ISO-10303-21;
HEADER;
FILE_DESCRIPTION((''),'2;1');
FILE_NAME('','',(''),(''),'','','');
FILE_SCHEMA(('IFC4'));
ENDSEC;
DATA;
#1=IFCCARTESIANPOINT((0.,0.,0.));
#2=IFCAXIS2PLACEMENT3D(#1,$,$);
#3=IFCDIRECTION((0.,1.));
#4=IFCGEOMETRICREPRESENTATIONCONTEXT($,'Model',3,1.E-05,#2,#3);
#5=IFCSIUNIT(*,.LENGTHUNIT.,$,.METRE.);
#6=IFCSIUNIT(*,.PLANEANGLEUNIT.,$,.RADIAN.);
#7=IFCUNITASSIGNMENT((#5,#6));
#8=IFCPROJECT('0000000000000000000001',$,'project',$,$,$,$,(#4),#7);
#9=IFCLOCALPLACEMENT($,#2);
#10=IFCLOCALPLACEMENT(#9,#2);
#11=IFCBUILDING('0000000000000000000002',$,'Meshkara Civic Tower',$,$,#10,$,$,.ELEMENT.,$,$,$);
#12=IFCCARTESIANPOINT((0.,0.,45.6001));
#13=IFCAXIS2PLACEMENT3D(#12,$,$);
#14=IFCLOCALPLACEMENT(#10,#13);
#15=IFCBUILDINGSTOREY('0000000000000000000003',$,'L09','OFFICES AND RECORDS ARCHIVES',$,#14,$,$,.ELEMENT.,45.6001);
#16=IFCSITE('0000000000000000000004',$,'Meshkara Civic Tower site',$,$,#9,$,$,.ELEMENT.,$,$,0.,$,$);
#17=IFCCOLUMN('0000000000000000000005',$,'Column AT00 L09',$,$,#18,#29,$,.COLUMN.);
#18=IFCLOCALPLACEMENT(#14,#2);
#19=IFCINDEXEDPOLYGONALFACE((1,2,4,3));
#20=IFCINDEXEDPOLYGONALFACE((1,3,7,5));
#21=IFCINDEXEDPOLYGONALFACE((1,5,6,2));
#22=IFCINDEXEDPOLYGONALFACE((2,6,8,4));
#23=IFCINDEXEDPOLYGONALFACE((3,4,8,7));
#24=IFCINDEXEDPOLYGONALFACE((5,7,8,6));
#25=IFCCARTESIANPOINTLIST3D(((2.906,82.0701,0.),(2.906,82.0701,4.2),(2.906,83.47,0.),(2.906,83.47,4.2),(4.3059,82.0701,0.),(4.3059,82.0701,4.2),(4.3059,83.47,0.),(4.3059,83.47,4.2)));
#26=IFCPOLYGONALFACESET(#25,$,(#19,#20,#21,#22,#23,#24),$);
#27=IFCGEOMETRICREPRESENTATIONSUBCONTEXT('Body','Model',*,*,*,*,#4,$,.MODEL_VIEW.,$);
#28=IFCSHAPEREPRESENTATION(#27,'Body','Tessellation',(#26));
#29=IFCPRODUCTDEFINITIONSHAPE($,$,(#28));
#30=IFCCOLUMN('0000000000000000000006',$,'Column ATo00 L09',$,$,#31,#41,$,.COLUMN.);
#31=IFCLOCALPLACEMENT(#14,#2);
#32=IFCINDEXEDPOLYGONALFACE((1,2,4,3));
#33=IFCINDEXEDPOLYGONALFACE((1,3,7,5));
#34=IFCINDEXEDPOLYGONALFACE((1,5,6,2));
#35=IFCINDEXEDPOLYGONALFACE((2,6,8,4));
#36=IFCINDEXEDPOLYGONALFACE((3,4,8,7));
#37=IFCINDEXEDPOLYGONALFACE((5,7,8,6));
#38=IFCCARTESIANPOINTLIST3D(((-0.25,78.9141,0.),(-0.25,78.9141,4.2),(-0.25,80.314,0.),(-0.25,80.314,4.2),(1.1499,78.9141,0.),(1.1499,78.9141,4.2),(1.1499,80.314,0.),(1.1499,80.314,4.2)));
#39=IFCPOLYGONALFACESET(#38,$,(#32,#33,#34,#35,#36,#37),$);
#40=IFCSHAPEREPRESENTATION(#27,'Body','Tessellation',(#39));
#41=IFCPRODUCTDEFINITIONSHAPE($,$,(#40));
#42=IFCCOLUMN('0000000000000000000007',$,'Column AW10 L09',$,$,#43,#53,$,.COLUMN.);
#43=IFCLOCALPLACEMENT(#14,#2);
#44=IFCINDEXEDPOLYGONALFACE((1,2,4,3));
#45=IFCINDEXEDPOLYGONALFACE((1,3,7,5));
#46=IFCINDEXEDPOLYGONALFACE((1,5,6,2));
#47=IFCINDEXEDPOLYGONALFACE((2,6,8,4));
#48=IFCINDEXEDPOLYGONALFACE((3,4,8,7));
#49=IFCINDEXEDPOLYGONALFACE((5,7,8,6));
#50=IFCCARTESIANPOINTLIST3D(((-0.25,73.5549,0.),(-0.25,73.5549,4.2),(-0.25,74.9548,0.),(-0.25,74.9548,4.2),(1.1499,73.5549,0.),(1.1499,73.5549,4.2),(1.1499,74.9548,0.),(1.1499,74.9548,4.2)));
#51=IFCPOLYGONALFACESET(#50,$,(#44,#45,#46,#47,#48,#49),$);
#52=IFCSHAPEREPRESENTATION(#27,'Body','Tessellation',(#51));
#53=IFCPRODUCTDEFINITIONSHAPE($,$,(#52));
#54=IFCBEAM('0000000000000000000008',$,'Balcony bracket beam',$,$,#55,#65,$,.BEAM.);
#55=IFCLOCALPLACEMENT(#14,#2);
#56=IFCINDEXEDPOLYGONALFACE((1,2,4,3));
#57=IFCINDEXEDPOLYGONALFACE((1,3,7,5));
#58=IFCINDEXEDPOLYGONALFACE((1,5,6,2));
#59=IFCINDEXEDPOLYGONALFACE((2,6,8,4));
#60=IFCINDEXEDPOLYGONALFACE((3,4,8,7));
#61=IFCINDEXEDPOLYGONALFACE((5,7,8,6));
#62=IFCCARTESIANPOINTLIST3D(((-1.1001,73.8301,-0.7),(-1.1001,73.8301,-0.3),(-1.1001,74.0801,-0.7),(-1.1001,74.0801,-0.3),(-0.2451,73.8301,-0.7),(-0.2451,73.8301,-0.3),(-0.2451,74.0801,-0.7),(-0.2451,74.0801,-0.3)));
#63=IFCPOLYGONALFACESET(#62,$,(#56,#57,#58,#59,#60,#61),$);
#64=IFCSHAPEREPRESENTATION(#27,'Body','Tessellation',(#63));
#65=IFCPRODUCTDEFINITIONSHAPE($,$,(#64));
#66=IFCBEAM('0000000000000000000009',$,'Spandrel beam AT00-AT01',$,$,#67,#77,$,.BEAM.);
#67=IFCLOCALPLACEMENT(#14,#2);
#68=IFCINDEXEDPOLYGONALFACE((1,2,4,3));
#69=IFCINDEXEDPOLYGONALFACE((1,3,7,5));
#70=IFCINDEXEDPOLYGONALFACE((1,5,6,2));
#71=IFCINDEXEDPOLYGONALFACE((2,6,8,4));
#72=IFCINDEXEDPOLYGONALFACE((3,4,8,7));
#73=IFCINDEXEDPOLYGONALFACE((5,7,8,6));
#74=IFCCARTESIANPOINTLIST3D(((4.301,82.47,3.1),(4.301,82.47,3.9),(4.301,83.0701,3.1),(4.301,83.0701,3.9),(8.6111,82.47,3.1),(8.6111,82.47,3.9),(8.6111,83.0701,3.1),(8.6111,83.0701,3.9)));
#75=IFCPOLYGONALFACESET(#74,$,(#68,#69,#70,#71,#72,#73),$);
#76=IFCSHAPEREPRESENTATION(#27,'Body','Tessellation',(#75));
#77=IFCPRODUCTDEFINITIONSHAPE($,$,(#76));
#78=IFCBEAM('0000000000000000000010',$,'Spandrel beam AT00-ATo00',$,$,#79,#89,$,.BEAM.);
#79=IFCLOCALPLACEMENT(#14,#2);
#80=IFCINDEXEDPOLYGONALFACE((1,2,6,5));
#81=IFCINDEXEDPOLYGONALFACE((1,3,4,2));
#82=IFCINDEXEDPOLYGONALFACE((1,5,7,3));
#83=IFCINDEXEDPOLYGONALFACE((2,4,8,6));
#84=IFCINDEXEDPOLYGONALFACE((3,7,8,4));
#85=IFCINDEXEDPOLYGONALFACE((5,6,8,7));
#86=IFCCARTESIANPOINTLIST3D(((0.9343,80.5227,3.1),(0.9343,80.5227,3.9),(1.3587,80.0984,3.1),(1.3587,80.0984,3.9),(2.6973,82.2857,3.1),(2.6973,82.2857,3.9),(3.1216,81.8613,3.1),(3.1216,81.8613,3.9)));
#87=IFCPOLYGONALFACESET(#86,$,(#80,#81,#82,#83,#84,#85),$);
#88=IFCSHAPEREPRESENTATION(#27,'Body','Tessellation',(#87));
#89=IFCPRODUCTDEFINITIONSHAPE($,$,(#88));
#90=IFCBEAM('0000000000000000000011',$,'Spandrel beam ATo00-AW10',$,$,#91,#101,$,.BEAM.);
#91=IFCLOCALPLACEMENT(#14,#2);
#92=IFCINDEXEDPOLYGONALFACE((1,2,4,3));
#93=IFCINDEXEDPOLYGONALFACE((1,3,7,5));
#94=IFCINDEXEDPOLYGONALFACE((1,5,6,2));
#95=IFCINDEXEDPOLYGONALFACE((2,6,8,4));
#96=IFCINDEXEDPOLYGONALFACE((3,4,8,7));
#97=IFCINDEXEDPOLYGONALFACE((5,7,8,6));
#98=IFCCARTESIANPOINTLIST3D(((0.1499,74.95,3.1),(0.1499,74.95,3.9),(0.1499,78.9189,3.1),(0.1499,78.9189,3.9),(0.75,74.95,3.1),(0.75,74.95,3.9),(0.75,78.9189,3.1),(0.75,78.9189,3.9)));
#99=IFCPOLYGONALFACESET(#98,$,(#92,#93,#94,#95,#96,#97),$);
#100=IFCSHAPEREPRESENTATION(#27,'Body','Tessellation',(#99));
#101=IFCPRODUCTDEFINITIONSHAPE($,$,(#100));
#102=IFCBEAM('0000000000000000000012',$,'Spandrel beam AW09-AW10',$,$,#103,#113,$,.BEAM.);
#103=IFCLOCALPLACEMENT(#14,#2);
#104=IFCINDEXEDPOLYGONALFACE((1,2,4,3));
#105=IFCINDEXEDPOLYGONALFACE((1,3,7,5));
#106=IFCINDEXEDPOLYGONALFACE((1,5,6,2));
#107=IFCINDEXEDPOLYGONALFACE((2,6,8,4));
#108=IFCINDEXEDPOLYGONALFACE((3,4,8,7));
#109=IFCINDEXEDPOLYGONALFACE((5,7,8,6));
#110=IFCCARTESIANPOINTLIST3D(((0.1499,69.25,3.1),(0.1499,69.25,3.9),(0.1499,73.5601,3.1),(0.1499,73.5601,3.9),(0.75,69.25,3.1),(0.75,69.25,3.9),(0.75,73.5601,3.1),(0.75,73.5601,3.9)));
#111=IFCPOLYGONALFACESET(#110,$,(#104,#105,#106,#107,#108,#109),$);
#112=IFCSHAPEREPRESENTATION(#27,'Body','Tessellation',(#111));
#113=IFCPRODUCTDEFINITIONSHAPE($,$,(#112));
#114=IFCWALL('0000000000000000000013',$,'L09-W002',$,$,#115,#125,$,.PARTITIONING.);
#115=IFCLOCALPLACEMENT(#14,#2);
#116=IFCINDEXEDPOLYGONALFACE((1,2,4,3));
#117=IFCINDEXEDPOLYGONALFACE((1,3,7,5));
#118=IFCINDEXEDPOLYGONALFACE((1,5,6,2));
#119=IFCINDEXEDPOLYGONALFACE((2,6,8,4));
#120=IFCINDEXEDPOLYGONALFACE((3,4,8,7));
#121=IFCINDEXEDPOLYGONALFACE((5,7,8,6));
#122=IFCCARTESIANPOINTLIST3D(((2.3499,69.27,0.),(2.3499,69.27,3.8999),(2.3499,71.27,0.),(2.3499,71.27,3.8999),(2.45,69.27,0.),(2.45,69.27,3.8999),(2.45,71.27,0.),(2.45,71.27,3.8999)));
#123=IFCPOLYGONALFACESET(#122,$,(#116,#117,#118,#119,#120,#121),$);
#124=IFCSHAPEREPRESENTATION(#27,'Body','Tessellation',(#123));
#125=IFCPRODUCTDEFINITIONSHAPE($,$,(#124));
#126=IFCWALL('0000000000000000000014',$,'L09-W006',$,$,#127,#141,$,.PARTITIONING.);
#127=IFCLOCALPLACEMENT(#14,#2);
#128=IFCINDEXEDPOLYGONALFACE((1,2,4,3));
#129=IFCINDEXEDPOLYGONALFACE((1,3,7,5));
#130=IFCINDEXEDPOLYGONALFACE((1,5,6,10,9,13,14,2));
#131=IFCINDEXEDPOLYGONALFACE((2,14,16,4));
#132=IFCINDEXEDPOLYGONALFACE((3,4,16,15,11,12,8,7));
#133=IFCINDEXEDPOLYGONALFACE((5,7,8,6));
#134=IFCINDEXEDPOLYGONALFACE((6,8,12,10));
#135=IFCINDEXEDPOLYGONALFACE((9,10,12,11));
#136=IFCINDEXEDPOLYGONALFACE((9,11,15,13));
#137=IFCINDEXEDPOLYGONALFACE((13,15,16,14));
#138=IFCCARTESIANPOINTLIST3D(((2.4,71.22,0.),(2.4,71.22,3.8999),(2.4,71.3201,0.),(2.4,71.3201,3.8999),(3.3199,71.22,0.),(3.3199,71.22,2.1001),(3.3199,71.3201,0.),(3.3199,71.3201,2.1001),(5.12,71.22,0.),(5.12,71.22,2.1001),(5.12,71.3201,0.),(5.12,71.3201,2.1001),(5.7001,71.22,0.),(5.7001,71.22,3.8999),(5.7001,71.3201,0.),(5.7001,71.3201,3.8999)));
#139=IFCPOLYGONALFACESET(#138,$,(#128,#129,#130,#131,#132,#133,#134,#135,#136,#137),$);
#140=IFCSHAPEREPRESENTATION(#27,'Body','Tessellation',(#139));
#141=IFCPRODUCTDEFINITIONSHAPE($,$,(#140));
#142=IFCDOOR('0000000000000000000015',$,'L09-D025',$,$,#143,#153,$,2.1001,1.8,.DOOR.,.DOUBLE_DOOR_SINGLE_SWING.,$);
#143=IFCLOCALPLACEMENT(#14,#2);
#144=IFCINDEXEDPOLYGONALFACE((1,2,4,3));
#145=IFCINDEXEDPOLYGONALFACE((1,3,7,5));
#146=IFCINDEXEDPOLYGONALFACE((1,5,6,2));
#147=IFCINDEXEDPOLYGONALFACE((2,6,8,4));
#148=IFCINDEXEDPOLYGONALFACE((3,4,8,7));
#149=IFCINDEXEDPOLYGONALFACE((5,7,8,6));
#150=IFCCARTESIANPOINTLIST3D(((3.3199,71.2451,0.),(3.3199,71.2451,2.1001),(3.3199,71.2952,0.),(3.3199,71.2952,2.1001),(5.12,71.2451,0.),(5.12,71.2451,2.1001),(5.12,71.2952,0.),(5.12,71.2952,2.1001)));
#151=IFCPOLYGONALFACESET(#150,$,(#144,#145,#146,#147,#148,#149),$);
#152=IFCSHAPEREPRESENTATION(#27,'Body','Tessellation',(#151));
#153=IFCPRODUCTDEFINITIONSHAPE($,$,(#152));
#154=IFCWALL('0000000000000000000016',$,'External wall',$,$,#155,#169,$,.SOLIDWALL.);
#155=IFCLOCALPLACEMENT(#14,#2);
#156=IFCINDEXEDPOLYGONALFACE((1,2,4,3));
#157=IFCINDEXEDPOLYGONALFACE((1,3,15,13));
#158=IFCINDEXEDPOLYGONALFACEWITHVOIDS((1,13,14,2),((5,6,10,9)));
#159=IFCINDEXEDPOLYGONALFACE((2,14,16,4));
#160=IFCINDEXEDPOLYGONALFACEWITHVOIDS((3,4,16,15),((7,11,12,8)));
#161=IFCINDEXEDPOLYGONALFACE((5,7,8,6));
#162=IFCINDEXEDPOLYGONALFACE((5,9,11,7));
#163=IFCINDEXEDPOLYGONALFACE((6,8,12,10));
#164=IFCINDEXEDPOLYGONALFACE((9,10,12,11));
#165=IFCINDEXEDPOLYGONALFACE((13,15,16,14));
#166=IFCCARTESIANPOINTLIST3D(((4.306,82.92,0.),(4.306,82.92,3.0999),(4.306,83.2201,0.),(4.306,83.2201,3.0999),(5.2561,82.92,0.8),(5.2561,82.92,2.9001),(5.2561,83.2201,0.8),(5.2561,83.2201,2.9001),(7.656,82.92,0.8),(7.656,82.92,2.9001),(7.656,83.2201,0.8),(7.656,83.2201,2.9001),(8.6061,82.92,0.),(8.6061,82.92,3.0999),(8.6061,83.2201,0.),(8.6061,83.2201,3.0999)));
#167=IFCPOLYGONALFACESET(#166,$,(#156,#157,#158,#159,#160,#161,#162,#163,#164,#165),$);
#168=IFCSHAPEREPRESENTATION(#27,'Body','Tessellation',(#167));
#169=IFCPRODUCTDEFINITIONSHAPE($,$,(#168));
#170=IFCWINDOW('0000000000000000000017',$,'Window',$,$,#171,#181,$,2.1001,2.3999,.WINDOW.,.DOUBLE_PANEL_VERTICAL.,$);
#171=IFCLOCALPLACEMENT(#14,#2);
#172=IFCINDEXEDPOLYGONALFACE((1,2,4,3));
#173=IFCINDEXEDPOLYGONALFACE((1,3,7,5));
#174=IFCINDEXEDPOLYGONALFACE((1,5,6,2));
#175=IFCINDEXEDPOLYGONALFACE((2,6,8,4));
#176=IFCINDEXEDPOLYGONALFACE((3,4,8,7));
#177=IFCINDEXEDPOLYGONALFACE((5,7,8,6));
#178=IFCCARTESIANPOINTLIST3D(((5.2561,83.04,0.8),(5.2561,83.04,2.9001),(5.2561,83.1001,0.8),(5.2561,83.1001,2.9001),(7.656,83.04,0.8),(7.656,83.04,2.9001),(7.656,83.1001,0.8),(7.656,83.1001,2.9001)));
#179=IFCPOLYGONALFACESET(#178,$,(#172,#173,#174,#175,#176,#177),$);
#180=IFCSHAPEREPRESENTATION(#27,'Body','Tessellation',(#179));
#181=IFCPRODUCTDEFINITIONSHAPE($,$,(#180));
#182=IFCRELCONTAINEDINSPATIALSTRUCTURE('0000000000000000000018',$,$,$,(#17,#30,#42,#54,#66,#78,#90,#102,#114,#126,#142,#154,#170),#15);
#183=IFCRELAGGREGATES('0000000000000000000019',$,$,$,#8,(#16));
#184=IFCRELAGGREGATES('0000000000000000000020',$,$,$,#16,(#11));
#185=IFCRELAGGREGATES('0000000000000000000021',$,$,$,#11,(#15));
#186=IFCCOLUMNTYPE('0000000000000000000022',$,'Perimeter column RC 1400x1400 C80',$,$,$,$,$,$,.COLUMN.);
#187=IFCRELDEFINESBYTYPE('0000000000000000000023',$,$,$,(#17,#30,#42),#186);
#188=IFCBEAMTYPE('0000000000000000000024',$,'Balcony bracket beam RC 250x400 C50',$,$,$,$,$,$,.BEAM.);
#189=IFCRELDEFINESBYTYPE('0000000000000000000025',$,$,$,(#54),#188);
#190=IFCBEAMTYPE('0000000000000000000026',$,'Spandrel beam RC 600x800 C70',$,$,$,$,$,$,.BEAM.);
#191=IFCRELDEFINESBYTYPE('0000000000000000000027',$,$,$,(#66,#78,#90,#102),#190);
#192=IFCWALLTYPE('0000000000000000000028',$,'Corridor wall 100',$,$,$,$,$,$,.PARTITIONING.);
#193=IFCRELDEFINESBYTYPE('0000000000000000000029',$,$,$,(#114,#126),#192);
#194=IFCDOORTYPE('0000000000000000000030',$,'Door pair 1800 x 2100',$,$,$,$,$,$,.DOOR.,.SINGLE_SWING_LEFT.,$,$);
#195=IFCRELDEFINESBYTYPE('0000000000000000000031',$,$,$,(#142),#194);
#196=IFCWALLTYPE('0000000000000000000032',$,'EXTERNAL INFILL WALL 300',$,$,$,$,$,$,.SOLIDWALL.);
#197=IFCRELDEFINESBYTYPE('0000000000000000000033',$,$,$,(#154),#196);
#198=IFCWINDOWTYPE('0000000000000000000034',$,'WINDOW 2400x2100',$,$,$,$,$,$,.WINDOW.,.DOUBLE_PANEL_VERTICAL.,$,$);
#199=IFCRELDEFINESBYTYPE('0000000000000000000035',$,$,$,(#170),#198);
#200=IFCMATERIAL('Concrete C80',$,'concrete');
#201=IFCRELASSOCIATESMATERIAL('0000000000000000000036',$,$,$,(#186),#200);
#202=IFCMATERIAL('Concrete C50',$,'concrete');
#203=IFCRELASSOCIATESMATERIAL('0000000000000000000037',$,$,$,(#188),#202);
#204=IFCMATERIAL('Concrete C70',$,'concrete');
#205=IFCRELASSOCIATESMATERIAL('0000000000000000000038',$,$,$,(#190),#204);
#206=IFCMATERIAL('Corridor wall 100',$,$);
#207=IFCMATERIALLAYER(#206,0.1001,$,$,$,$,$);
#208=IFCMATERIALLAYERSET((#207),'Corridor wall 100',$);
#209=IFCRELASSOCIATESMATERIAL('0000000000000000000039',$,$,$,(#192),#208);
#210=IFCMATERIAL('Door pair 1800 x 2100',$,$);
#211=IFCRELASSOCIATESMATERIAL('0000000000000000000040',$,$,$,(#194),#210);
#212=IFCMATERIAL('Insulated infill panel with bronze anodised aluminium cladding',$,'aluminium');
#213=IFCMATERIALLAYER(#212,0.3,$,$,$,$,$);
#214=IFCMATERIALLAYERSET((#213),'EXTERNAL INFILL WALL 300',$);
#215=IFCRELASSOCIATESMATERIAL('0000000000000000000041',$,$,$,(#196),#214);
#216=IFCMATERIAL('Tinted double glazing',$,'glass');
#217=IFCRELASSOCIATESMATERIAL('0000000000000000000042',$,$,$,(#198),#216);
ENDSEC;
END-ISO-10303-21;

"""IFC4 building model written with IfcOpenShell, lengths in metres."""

from ifc_helpers import new_model, si_unit, direction, frame, frame_2d, origin, origin_2d, place, context, subcontext, project, spatial, rectangle, extrude, material, layer, layer_set, material_profile, profile_set, type_object, element, fill, save


model = new_model("IFC4")

# Units and contexts
model_context = context("Model", 3, precision=1e-05, world=origin(), true_north=direction((0.0, 1.0)))
body_context = subcontext(model_context, "Body", "Model", "MODEL_VIEW")
ifc_project = project(units=[si_unit("LENGTHUNIT", "METRE"), si_unit("PLANEANGLEUNIT", "RADIAN")], contexts=[model_context])

# Site, building, storey
site_placement = place(None, origin())
site = spatial("IfcSite", under=ifc_project, at=site_placement, Name="Meshkara Civic Tower site", CompositionType="ELEMENT", RefElevation=0.0)
building_placement = place(site_placement, origin())
building = spatial("IfcBuilding", under=site, at=building_placement, Name="Meshkara Civic Tower", CompositionType="ELEMENT")
storey_placement = place(building_placement, frame((0.0, 0.0, 45.6001)))
storey = spatial("IfcBuildingStorey", under=building, at=storey_placement, Name="L09", Description="OFFICES AND RECORDS ARCHIVES", CompositionType="ELEMENT", Elevation=45.6001)

# Columns
ifc_material_1 = material(Name="Concrete C80", Category="concrete")
ifc_material_profile_1 = material_profile(ifc_material_1, rectangle(XDim=1.3999, YDim=1.3999, at=origin_2d()))
ifc_profile_set_1 = profile_set([ifc_material_profile_1], Name="Concrete C80")
column_type = type_object("IfcColumnType", Name="Perimeter column RC 1400x1400 C80", PredefinedType="COLUMN", material=ifc_profile_set_1)
for number, where, z_axis, x_axis, name in (
    (1, (3.606, 82.77, 0.0), (0.0, 0.0, 1.0), (1.0, 0.0, 0.0), "Column AT00 L09"),
    (2, (0.45, 79.614, 0.0), (0.0, 0.0, 1.0), (1.0, 0.0, 0.0), "Column ATo00 L09"),
    (3, (0.45, 74.2549, 0.0), (0.0, 0.0, 1.0), (1.0, 0.0, 0.0), "Column AW10 L09"),
):
    element("IfcColumn", number, at=place(storey_placement, frame(where, z_axis=z_axis, x_axis=x_axis)), inside=storey, type_object=column_type, Name=name, PredefinedType="COLUMN", context=body_context, shape_type="SweptSolid", body=[
        extrude(rectangle(XDim=1.3999, YDim=1.3999, at=origin_2d()), origin(), (0.0, 0.0, 1.0), 4.2),
    ])

# Beams
ifc_material_2 = material(Name="Concrete C50", Category="concrete")
ifc_material_profile_2 = material_profile(ifc_material_2, rectangle(XDim=0.25, YDim=0.3999, at=origin_2d()))
ifc_profile_set_2 = profile_set([ifc_material_profile_2], Name="Concrete C50")
beam_type_1 = type_object("IfcBeamType", Name="Balcony bracket beam RC 250x400 C50", PredefinedType="BEAM", material=ifc_profile_set_2)
beam_1_placement = place(storey_placement, frame((-0.2451, 73.9551, -0.5), z_axis=(-1.0, 0.0, 0.0), x_axis=(0.0, -1.0, 0.0)))
element("IfcBeam", 4, at=beam_1_placement, inside=storey, type_object=beam_type_1, Name="Balcony bracket beam", PredefinedType="BEAM", context=body_context, shape_type="SweptSolid", body=[
    extrude(rectangle(XDim=0.25, YDim=0.3999, at=origin_2d()), origin(), (0.0, 0.0, 1.0), 0.855),
])
ifc_material_3 = material(Name="Concrete C70", Category="concrete")
ifc_material_profile_3 = material_profile(ifc_material_3, rectangle(XDim=0.6001, YDim=0.8, at=origin_2d()))
ifc_profile_set_3 = profile_set([ifc_material_profile_3], Name="Concrete C70")
beam_type_2 = type_object("IfcBeamType", Name="Spandrel beam RC 600x800 C70", PredefinedType="BEAM", material=ifc_profile_set_3)
beam_2_placement = place(storey_placement, frame((8.6111, 82.77, 3.5), z_axis=(-1.0, 0.0, 0.0), x_axis=(0.0, -1.0, 0.0)))
element("IfcBeam", 5, at=beam_2_placement, inside=storey, type_object=beam_type_2, Name="Spandrel beam AT00-AT01", PredefinedType="BEAM", context=body_context, shape_type="SweptSolid", body=[
    extrude(rectangle(XDim=0.6001, YDim=0.8, at=origin_2d()), origin(), (0.0, 0.0, 1.0), 4.3101),
])
beam_3_placement = place(storey_placement, frame((2.9094, 82.0735, 3.5), z_axis=(-0.707107, -0.707107, 0.0), x_axis=(0.707107, -0.707107, 0.0)))
element("IfcBeam", 6, at=beam_3_placement, inside=storey, type_object=beam_type_2, Name="Spandrel beam AT00-ATo00", PredefinedType="BEAM", context=body_context, shape_type="SweptSolid", body=[
    extrude(rectangle(XDim=0.6001, YDim=0.8, at=origin_2d()), origin(), (0.0, 0.0, 1.0), 2.4932),
])
beam_4_placement = place(storey_placement, frame((0.45, 78.9189, 3.5), z_axis=(0.0, -1.0, 0.0), x_axis=(1.0, 0.0, 0.0)))
element("IfcBeam", 7, at=beam_4_placement, inside=storey, type_object=beam_type_2, Name="Spandrel beam ATo00-AW10", PredefinedType="BEAM", context=body_context, shape_type="SweptSolid", body=[
    extrude(rectangle(XDim=0.6001, YDim=0.8, at=origin_2d()), origin(), (0.0, 0.0, 1.0), 3.969),
])
beam_5_placement = place(storey_placement, frame((0.45, 73.5601, 3.5), z_axis=(0.0, -1.0, 0.0), x_axis=(1.0, 0.0, 0.0)))
element("IfcBeam", 8, at=beam_5_placement, inside=storey, type_object=beam_type_2, Name="Spandrel beam AW09-AW10", PredefinedType="BEAM", context=body_context, shape_type="SweptSolid", body=[
    extrude(rectangle(XDim=0.6001, YDim=0.8, at=origin_2d()), origin(), (0.0, 0.0, 1.0), 4.3101),
])

# Wall
ifc_material_4 = material(Name="Corridor wall 100")
ifc_layer_1 = layer(ifc_material_4, 0.1001)
ifc_layer_set_1 = layer_set([ifc_layer_1], Name="Corridor wall 100")
wall_type_1 = type_object("IfcWallType", Name="Corridor wall 100", PredefinedType="PARTITIONING", material=ifc_layer_set_1)
wall_1_placement = place(storey_placement, frame((2.3999, 71.27, 0.0), z_axis=(0.0, 0.0, 1.0), x_axis=(0.0, -1.0, 0.0)))
element("IfcWall", 9, at=wall_1_placement, inside=storey, type_object=wall_type_1, Name="L09-W002", PredefinedType="PARTITIONING", context=body_context, shape_type="SweptSolid", body=[
    extrude(rectangle(XDim=2.0, YDim=0.1001, at=frame_2d((1.0, 0.0))), origin(), (0.0, 0.0, 1.0), 3.8999),
])

# Wall, opening, door
wall_2_placement = place(storey_placement, frame((5.7, 71.27, 0.0), z_axis=(0.0, 0.0, 1.0), x_axis=(-1.0, 0.0, 0.0)))
wall_2 = element("IfcWall", 10, at=wall_2_placement, inside=storey, type_object=wall_type_1, Name="L09-W006", PredefinedType="PARTITIONING", context=body_context, shape_type="SweptSolid", body=[
    extrude(rectangle(XDim=3.3, YDim=0.1001, at=frame_2d((1.6499, 0.0))), origin(), (0.0, 0.0, 1.0), 3.8999),
])
opening_1_placement = place(wall_2_placement, frame((0.5801, 0.0, 0.0)))
opening_1 = element("IfcOpeningElement", 11, at=opening_1_placement, cuts=wall_2, PredefinedType="OPENING", context=body_context, shape_type="SweptSolid", body=[
    extrude(rectangle(XDim=1.8, YDim=2.1001, at=frame_2d((0.8999, 1.05))), frame((0.0, 0.0601, 0.0), z_axis=(0.0, -1.0, 0.0), x_axis=(1.0, 0.0, 0.0)), (0.0, 0.0, 1.0), 0.1201),
])
ifc_material_5 = material(Name="Door pair 1800 x 2100")
door_type_1 = type_object("IfcDoorType", Name="Door pair 1800 x 2100", OperationType="SINGLE_SWING_LEFT", PredefinedType="DOOR", material=ifc_material_5)
door_1_placement = place(opening_1_placement, origin())
door_1 = element("IfcDoor", 12, at=door_1_placement, inside=storey, type_object=door_type_1, Name="L09-D025", OperationType="DOUBLE_DOOR_SINGLE_SWING", OverallHeight=2.1001, OverallWidth=1.8, PredefinedType="DOOR", context=body_context, shape_type="SweptSolid", body=[
    extrude(rectangle(XDim=1.8, YDim=2.1001, at=frame_2d((0.8999, 1.05))), frame((0.0, 0.0249, 0.0), z_axis=(0.0, -1.0, 0.0), x_axis=(1.0, 0.0, 0.0)), (0.0, 0.0, 1.0), 0.05),
])
fill(opening_1, door_1)

# Wall, opening, window
ifc_material_6 = material(Name="Insulated infill panel with bronze anodised aluminium cladding", Category="aluminium")
ifc_layer_2 = layer(ifc_material_6, 0.3)
ifc_layer_set_2 = layer_set([ifc_layer_2], Name="EXTERNAL INFILL WALL 300")
wall_type_2 = type_object("IfcWallType", Name="EXTERNAL INFILL WALL 300", PredefinedType="SOLIDWALL", material=ifc_layer_set_2)
wall_3_placement = place(storey_placement, frame((8.606, 83.0701, 0.0), z_axis=(0.0, 0.0, 1.0), x_axis=(-1.0, 0.0, 0.0)))
wall_3 = element("IfcWall", 13, at=wall_3_placement, inside=storey, type_object=wall_type_2, Name="External wall", PredefinedType="SOLIDWALL", context=body_context, shape_type="SweptSolid", body=[
    extrude(rectangle(XDim=4.3, YDim=0.3, at=frame_2d((2.1499, 0.0))), origin(), (0.0, 0.0, 1.0), 3.0999),
])
opening_2_placement = place(wall_3_placement, frame((0.95, 0.0, 0.8)))
opening_2 = element("IfcOpeningElement", 14, at=opening_2_placement, cuts=wall_3, PredefinedType="OPENING", context=body_context, shape_type="SweptSolid", body=[
    extrude(rectangle(XDim=2.3999, YDim=2.1001, at=frame_2d((1.2, 1.05))), frame((0.0, 0.1599, 0.0), z_axis=(0.0, -1.0, 0.0), x_axis=(1.0, 0.0, 0.0)), (0.0, 0.0, 1.0), 0.3201),
])
ifc_material_7 = material(Name="Tinted double glazing", Category="glass")
window_type_1 = type_object("IfcWindowType", Name="WINDOW 2400x2100", PartitioningType="DOUBLE_PANEL_VERTICAL", PredefinedType="WINDOW", material=ifc_material_7)
window_1_placement = place(opening_2_placement, origin())
window_1 = element("IfcWindow", 15, at=window_1_placement, inside=storey, type_object=window_type_1, Name="Window", OverallHeight=2.1001, OverallWidth=2.3999, PartitioningType="DOUBLE_PANEL_VERTICAL", PredefinedType="WINDOW", context=body_context, shape_type="SweptSolid", body=[
    extrude(rectangle(XDim=2.3999, YDim=2.1001, at=frame_2d((1.2, 1.05))), frame((0.0, 0.03, 0.0), z_axis=(0.0, -1.0, 0.0), x_axis=(1.0, 0.0, 0.0)), (0.0, 0.0, 1.0), 0.0601),
])
fill(opening_2, window_1)

save(model, "model.ifc")
